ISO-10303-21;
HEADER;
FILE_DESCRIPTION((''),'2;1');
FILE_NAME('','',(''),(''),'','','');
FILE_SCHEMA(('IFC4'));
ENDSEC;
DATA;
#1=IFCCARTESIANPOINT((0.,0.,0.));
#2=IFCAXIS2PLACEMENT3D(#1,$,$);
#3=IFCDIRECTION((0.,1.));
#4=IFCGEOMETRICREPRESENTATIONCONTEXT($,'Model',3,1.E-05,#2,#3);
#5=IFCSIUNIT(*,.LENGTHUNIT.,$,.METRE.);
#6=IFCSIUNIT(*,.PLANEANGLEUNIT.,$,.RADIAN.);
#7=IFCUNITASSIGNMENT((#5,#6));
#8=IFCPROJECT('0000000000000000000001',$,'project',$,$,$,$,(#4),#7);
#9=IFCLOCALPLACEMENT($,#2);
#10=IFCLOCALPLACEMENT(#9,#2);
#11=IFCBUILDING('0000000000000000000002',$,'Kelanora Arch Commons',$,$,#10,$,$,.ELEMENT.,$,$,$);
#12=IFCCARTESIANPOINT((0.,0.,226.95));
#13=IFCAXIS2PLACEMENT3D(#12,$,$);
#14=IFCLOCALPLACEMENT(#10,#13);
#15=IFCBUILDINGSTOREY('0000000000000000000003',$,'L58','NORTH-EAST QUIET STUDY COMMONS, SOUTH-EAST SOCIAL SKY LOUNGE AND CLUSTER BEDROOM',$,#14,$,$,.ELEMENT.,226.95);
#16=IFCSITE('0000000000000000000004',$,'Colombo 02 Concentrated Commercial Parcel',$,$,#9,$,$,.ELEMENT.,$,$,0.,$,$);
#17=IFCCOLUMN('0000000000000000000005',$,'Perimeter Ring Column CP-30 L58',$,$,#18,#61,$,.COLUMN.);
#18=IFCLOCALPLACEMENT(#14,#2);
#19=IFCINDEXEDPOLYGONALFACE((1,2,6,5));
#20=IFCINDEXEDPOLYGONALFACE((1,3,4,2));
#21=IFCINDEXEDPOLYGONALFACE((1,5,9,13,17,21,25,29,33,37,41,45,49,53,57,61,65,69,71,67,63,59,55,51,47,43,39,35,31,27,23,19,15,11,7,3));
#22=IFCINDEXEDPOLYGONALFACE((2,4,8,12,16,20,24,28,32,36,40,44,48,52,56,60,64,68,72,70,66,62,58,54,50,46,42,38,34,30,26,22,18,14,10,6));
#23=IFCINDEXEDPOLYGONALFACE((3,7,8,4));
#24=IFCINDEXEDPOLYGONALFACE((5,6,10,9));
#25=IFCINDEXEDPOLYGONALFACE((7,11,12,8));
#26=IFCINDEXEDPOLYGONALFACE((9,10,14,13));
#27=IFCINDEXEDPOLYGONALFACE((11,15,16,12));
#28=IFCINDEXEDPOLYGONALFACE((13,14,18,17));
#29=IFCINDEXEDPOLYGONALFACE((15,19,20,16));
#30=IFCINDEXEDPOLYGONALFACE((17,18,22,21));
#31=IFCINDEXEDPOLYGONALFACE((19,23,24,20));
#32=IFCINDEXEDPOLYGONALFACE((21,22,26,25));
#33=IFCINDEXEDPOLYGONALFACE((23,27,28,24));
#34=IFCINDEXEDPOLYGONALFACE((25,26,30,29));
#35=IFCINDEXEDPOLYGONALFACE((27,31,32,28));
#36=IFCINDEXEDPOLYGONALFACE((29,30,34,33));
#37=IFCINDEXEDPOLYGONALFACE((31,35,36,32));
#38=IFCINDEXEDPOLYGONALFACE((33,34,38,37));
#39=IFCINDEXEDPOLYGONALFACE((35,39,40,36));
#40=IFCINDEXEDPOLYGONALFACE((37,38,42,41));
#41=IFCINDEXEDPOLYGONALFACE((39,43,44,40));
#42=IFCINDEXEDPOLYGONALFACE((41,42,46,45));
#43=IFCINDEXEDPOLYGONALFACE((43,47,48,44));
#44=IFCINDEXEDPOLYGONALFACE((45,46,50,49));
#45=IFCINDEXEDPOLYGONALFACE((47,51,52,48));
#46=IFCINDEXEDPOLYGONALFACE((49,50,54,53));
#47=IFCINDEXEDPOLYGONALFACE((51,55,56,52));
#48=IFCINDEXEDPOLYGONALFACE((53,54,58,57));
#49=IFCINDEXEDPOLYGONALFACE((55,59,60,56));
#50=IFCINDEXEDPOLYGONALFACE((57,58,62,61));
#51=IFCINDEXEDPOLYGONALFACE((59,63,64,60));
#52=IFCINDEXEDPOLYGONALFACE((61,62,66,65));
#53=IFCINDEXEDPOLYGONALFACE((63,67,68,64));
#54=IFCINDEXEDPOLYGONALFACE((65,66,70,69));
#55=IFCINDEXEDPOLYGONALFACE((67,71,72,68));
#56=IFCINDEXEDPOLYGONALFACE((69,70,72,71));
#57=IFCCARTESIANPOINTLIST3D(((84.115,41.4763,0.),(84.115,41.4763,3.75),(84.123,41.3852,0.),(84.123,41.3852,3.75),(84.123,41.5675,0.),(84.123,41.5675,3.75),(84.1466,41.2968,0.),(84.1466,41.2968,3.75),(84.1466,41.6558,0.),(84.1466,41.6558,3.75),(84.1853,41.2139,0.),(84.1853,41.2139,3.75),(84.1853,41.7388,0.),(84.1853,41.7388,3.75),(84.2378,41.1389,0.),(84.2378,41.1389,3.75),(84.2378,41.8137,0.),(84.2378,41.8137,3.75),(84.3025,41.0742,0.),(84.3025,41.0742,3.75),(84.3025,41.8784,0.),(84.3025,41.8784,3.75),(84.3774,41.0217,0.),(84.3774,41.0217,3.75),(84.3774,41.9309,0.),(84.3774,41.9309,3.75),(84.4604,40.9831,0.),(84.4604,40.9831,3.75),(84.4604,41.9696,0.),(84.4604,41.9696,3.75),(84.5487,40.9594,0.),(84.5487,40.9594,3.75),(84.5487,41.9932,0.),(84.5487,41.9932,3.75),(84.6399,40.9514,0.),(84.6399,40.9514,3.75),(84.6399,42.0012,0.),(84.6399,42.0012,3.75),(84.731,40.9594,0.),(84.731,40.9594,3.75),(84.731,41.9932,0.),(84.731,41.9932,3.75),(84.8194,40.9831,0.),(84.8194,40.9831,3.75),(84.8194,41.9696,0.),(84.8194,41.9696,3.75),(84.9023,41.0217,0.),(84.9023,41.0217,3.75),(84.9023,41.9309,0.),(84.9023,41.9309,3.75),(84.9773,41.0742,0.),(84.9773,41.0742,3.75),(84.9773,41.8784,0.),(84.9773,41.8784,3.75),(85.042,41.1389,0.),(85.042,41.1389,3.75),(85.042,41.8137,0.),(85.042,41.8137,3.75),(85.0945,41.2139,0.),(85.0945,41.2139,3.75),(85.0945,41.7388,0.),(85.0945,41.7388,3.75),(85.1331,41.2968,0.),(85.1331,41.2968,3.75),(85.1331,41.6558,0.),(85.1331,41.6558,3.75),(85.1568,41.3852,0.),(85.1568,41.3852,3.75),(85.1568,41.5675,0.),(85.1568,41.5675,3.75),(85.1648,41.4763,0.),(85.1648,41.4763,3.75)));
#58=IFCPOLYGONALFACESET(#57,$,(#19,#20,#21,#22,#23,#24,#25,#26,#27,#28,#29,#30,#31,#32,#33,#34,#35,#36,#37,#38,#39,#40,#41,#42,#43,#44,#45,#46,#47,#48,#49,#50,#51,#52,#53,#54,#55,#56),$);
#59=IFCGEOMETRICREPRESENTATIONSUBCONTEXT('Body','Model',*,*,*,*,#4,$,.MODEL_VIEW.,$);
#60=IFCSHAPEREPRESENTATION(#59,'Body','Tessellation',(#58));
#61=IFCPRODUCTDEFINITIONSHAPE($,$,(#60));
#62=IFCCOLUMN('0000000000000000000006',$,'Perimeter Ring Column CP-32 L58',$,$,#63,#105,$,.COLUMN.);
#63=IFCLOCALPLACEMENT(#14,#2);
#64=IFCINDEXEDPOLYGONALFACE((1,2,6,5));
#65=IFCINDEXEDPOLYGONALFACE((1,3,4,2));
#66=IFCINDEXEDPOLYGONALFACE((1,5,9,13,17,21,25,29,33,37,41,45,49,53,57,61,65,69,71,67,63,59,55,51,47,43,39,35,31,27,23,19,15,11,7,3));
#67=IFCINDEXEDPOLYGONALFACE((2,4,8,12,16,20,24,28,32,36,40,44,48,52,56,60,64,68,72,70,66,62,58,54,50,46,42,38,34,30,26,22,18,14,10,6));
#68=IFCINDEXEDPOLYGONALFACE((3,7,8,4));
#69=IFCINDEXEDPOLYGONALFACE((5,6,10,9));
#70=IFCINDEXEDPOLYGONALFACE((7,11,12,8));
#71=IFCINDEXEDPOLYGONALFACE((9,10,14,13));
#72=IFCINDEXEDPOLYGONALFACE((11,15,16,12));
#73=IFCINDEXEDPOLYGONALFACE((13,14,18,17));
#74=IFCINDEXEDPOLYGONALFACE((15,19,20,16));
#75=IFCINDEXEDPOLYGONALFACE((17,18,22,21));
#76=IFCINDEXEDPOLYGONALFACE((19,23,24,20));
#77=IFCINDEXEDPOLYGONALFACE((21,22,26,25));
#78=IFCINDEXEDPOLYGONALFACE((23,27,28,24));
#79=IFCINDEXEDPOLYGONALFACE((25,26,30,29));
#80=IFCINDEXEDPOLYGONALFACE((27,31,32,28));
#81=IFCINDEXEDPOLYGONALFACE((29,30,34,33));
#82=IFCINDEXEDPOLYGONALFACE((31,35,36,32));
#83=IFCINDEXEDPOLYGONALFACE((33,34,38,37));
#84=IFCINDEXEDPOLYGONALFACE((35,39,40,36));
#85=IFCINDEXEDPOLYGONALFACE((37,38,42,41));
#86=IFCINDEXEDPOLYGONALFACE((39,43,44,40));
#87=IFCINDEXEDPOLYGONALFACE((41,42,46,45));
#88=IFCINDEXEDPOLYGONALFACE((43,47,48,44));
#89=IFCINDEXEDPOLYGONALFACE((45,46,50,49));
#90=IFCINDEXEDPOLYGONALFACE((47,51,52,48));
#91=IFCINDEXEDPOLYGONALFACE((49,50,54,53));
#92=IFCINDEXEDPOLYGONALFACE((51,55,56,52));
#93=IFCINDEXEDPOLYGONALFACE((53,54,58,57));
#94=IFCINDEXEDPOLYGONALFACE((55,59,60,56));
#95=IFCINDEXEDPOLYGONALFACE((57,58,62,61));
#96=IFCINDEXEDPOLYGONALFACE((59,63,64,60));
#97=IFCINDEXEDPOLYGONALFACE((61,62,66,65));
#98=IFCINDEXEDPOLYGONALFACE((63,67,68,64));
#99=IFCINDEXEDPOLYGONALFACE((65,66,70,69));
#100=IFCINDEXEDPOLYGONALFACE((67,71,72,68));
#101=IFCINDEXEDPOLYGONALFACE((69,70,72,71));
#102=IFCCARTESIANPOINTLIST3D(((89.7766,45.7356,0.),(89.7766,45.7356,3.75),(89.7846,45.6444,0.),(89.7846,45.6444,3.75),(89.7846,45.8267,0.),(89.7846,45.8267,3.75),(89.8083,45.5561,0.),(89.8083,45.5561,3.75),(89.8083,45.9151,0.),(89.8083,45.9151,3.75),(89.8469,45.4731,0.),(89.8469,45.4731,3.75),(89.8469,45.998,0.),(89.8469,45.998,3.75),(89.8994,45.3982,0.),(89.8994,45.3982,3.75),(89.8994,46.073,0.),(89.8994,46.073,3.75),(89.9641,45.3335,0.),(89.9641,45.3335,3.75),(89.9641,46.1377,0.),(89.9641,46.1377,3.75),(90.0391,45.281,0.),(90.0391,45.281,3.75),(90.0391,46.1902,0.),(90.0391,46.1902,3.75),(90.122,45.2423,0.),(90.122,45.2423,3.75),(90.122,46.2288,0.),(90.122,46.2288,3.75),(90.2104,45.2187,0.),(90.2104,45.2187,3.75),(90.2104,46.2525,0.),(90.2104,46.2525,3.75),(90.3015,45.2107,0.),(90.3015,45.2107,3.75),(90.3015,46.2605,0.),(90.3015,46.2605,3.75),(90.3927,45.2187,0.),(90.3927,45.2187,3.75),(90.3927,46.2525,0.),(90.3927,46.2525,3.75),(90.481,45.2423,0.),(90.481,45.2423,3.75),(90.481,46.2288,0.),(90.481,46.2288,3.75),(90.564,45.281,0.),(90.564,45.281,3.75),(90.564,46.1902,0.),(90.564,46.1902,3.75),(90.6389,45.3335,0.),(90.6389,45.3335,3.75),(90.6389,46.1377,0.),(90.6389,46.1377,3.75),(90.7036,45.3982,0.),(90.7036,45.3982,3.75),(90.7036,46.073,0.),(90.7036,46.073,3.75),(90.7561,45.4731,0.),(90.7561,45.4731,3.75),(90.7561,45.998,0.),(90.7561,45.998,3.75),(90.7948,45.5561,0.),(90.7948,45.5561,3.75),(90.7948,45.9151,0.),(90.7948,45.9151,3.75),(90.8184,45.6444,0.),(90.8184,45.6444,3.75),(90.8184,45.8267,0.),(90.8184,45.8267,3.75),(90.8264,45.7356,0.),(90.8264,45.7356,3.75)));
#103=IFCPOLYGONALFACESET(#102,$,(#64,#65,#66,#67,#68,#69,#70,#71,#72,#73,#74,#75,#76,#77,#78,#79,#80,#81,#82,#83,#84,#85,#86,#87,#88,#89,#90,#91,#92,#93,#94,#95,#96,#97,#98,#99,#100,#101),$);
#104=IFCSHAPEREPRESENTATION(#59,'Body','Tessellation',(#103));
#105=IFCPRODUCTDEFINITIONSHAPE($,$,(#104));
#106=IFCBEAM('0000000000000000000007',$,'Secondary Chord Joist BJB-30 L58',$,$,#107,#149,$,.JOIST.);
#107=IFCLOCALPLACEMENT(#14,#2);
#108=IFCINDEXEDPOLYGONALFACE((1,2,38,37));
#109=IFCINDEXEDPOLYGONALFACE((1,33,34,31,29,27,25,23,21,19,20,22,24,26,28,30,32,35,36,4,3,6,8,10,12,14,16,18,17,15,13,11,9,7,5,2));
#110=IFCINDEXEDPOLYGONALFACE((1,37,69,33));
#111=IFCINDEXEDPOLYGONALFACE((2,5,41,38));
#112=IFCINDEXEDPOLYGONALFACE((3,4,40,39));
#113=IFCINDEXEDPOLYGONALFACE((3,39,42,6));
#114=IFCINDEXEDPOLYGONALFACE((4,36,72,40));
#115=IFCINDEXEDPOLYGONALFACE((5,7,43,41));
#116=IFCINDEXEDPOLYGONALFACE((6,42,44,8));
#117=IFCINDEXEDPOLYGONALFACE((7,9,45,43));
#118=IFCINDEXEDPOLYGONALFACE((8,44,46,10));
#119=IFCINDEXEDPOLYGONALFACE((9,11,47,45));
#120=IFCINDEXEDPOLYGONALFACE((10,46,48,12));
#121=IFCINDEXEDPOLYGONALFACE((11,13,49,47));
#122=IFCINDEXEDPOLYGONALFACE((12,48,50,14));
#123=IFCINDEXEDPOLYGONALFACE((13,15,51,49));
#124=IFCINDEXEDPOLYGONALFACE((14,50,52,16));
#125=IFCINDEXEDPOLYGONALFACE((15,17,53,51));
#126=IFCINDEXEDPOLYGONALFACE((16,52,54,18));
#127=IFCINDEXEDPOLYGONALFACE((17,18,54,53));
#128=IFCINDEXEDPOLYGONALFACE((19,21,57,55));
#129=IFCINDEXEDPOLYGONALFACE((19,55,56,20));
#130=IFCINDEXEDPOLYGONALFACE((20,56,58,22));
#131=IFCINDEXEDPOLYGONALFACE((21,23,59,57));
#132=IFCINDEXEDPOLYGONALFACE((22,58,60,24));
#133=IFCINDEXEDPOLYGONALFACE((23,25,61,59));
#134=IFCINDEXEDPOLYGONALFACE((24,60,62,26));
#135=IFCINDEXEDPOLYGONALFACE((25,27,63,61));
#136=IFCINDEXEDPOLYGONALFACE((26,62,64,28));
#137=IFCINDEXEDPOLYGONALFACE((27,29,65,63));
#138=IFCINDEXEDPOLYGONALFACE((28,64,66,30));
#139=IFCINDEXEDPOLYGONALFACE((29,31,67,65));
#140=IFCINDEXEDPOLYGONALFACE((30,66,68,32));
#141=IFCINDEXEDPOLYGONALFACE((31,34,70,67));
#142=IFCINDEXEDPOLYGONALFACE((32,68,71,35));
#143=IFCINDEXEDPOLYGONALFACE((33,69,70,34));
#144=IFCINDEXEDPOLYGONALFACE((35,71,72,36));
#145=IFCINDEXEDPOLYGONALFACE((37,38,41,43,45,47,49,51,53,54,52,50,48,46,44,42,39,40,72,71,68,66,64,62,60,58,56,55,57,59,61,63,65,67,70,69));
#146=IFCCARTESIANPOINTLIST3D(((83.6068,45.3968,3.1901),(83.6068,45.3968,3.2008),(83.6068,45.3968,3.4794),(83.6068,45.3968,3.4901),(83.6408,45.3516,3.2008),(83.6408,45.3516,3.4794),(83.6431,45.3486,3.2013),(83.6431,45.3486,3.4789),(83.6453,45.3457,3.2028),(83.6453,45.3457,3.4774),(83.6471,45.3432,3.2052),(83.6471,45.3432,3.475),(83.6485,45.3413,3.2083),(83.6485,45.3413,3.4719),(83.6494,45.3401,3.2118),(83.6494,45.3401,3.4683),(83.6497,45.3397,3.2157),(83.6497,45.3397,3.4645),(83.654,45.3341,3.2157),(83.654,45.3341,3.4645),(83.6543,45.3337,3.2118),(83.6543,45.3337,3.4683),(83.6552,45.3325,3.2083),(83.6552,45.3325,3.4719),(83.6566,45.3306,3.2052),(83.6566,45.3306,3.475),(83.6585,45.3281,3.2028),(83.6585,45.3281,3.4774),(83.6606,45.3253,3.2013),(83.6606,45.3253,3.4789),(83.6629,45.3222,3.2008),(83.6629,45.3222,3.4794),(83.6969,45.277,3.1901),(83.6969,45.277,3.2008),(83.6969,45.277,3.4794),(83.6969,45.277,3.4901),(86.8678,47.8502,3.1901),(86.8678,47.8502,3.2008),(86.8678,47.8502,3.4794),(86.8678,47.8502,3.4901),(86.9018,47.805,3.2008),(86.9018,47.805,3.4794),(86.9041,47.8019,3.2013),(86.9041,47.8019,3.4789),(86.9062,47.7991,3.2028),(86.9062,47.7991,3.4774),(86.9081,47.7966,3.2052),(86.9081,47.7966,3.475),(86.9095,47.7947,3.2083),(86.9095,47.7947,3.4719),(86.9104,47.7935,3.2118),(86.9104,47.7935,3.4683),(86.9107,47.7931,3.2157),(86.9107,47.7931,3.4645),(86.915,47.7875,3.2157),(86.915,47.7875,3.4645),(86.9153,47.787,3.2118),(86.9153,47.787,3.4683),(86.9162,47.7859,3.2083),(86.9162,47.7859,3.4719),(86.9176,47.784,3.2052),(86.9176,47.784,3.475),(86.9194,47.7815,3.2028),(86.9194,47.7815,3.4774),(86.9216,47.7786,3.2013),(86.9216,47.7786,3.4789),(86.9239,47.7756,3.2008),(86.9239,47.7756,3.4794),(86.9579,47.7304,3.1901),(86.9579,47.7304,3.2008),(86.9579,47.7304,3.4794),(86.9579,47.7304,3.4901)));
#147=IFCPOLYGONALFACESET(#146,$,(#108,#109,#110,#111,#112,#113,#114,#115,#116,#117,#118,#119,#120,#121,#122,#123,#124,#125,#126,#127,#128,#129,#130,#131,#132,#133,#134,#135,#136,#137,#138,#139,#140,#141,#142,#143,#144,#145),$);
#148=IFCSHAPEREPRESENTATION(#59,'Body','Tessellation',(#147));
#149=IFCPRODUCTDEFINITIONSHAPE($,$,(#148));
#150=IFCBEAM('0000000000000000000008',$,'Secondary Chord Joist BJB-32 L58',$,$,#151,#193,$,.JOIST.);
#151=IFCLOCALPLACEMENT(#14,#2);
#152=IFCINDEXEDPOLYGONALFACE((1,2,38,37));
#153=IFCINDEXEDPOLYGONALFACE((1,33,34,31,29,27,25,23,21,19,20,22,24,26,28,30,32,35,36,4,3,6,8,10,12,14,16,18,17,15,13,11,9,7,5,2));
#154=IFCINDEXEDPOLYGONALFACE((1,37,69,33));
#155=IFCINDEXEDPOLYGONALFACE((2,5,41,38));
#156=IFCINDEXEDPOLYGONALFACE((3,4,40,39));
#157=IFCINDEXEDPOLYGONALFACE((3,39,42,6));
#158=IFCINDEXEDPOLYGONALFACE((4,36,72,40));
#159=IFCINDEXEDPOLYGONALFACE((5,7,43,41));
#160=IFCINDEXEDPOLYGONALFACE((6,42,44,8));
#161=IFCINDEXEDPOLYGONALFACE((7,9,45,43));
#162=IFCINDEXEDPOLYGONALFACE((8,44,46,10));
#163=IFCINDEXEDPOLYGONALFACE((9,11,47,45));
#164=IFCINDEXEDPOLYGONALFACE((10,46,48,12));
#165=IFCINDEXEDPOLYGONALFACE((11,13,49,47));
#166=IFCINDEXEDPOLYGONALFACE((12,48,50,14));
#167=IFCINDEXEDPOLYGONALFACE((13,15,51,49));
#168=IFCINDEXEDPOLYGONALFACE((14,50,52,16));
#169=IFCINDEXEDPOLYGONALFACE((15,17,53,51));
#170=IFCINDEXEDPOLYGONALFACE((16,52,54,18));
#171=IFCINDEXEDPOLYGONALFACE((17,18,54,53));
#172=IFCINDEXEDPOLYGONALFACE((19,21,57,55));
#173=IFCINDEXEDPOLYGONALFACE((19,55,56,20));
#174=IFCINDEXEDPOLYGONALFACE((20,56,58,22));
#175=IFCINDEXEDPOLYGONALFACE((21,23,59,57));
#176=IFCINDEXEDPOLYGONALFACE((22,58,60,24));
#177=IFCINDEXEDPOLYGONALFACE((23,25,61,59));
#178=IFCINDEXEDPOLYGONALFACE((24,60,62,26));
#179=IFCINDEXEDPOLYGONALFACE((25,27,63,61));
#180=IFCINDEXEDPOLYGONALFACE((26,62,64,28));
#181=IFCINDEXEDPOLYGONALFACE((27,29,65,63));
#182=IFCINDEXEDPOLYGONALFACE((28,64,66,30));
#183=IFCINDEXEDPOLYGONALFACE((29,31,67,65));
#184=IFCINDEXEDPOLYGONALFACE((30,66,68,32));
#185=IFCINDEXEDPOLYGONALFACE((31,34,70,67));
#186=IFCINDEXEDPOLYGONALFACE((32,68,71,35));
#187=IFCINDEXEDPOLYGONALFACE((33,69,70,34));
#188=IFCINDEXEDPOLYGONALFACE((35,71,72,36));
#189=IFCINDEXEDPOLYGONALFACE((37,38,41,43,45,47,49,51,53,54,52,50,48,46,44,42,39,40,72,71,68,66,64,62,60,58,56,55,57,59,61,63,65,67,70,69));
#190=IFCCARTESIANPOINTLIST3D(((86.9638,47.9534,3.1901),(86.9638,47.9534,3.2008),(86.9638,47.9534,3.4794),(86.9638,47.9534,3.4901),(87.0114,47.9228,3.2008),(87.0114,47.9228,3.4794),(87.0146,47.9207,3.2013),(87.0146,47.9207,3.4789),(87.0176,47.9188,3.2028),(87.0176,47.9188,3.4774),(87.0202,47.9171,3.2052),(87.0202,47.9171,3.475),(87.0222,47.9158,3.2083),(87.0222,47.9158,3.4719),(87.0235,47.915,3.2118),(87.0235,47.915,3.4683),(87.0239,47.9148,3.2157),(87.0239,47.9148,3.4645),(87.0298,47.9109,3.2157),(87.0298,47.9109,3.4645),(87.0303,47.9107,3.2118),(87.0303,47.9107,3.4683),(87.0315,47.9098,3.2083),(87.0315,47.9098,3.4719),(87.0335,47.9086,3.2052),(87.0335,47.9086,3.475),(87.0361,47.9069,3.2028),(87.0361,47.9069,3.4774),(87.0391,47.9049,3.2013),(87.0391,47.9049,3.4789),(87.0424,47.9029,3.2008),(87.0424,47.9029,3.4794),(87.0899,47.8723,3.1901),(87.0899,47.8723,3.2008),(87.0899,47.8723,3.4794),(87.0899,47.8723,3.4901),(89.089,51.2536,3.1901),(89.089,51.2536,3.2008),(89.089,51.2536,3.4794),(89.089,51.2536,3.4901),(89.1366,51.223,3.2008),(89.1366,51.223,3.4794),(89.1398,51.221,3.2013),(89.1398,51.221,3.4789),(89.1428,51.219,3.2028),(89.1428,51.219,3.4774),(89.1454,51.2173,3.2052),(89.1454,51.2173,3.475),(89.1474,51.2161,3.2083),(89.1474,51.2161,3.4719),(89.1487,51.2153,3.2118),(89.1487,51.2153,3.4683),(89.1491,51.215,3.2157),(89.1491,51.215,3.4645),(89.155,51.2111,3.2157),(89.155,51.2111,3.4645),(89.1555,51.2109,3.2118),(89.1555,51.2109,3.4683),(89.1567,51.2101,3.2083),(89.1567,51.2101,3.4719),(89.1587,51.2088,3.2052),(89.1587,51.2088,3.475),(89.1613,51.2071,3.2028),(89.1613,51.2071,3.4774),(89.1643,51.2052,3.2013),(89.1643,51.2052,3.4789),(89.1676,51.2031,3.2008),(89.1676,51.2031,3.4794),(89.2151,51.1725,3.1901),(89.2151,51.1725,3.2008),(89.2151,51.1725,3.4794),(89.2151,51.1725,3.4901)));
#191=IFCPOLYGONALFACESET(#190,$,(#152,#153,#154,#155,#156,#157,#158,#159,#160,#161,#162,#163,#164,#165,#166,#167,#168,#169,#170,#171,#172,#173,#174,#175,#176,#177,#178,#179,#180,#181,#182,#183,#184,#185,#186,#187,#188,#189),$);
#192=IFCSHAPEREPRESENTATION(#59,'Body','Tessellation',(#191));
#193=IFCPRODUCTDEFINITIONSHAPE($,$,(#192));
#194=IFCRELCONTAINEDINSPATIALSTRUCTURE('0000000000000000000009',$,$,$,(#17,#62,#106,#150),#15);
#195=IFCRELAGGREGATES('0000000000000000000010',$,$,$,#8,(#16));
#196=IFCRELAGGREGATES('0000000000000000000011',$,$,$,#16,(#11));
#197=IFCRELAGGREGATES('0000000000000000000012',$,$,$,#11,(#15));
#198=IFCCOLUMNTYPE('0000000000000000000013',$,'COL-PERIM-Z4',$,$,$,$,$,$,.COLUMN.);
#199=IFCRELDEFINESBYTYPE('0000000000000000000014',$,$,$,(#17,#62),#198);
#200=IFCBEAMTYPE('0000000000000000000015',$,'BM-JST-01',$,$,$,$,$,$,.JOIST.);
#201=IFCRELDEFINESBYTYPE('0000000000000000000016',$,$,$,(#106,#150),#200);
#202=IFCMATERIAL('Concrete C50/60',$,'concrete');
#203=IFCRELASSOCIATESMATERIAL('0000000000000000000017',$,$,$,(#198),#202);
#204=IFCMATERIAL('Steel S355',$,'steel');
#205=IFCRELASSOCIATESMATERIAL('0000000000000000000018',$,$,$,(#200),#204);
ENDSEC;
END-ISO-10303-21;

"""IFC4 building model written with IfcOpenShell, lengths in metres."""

from ifc_helpers import new_model, si_unit, direction, frame, origin, origin_2d, place, context, subcontext, project, spatial, circle, i_section, extrude, material, material_profile, profile_set, type_object, element, save


model = new_model("IFC4")

# Units and contexts
model_context = context("Model", 3, precision=1e-05, world=origin(), true_north=direction((0.0, 1.0)))
body_context = subcontext(model_context, "Body", "Model", "MODEL_VIEW")
ifc_project = project(units=[si_unit("LENGTHUNIT", "METRE"), si_unit("PLANEANGLEUNIT", "RADIAN")], contexts=[model_context])

# Site, building, storey
site_placement = place(None, origin())
site = spatial("IfcSite", under=ifc_project, at=site_placement, Name="Colombo 02 Concentrated Commercial Parcel", CompositionType="ELEMENT", RefElevation=0.0)
building_placement = place(site_placement, origin())
building = spatial("IfcBuilding", under=site, at=building_placement, Name="Kelanora Arch Commons", CompositionType="ELEMENT")
storey_placement = place(building_placement, frame((0.0, 0.0, 226.95)))
storey = spatial("IfcBuildingStorey", under=building, at=storey_placement, Name="L58", Description="NORTH-EAST QUIET STUDY COMMONS, SOUTH-EAST SOCIAL SKY LOUNGE AND CLUSTER BEDROOM", CompositionType="ELEMENT", Elevation=226.95)

# Columns
ifc_material_1 = material(Name="Concrete C50/60", Category="concrete")
ifc_material_profile_1 = material_profile(ifc_material_1, circle(Radius=0.5249, at=origin_2d()), Name="RCC1050")
ifc_profile_set_1 = profile_set([ifc_material_profile_1], Name="Concrete C50/60")
column_type = type_object("IfcColumnType", Name="COL-PERIM-Z4", PredefinedType="COLUMN", material=ifc_profile_set_1)
for number, where, z_axis, x_axis, name in (
    (1, (84.6399, 41.4763, 0.0), (0.0, 0.0, 1.0), (1.0, 0.0, 0.0), "Perimeter Ring Column CP-30 L58"),
    (2, (90.3015, 45.7356, 0.0), (0.0, 0.0, 1.0), (1.0, 0.0, 0.0), "Perimeter Ring Column CP-32 L58"),
):
    element("IfcColumn", number, at=place(storey_placement, frame(where, z_axis=z_axis, x_axis=x_axis)), inside=storey, type_object=column_type, Name=name, PredefinedType="COLUMN", context=body_context, shape_type="SweptSolid", body=[
        extrude(circle(Radius=0.5249, at=origin_2d()), origin(), (0.0, 0.0, 1.0), 3.75),
    ])

# Beams
ifc_material_2 = material(Name="Steel S355", Category="steel")
ifc_material_profile_2 = material_profile(ifc_material_2, i_section(OverallWidth=0.1499, OverallDepth=0.3, WebThickness=0.0071, FlangeThickness=0.0107, FilletRadius=0.0149, at=origin_2d()), Name="IPE300")
ifc_profile_set_2 = profile_set([ifc_material_profile_2], Name="Steel S355")
beam_type_1 = type_object("IfcBeamType", Name="BM-JST-01", PredefinedType="JOIST", material=ifc_profile_set_2)
beam_1_placement = place(storey_placement, frame((83.6519, 45.3369, 3.3401), z_axis=(0.799102, 0.601196, 0.0), x_axis=(-0.601196, 0.799102, 0.0)))
element("IfcBeam", 3, at=beam_1_placement, inside=storey, type_object=beam_type_1, Name="Secondary Chord Joist BJB-30 L58", PredefinedType="JOIST", context=body_context, shape_type="SweptSolid", body=[
    extrude(i_section(OverallWidth=0.1499, OverallDepth=0.3, WebThickness=0.0071, FlangeThickness=0.0107, FilletRadius=0.0149, at=origin_2d()), origin(), (0.0, 0.0, 1.0), 4.0808),
])
beam_2_placement = place(storey_placement, frame((87.0269, 47.9128, 3.3401), z_axis=(0.541411, 0.840758, 0.0), x_axis=(-0.840758, 0.541411, 0.0)))
element("IfcBeam", 4, at=beam_2_placement, inside=storey, type_object=beam_type_1, Name="Secondary Chord Joist BJB-32 L58", PredefinedType="JOIST", context=body_context, shape_type="SweptSolid", body=[
    extrude(i_section(OverallWidth=0.1499, OverallDepth=0.3, WebThickness=0.0071, FlangeThickness=0.0107, FilletRadius=0.0149, at=origin_2d()), origin(), (0.0, 0.0, 1.0), 3.9253),
])

save(model, "model.ifc")
